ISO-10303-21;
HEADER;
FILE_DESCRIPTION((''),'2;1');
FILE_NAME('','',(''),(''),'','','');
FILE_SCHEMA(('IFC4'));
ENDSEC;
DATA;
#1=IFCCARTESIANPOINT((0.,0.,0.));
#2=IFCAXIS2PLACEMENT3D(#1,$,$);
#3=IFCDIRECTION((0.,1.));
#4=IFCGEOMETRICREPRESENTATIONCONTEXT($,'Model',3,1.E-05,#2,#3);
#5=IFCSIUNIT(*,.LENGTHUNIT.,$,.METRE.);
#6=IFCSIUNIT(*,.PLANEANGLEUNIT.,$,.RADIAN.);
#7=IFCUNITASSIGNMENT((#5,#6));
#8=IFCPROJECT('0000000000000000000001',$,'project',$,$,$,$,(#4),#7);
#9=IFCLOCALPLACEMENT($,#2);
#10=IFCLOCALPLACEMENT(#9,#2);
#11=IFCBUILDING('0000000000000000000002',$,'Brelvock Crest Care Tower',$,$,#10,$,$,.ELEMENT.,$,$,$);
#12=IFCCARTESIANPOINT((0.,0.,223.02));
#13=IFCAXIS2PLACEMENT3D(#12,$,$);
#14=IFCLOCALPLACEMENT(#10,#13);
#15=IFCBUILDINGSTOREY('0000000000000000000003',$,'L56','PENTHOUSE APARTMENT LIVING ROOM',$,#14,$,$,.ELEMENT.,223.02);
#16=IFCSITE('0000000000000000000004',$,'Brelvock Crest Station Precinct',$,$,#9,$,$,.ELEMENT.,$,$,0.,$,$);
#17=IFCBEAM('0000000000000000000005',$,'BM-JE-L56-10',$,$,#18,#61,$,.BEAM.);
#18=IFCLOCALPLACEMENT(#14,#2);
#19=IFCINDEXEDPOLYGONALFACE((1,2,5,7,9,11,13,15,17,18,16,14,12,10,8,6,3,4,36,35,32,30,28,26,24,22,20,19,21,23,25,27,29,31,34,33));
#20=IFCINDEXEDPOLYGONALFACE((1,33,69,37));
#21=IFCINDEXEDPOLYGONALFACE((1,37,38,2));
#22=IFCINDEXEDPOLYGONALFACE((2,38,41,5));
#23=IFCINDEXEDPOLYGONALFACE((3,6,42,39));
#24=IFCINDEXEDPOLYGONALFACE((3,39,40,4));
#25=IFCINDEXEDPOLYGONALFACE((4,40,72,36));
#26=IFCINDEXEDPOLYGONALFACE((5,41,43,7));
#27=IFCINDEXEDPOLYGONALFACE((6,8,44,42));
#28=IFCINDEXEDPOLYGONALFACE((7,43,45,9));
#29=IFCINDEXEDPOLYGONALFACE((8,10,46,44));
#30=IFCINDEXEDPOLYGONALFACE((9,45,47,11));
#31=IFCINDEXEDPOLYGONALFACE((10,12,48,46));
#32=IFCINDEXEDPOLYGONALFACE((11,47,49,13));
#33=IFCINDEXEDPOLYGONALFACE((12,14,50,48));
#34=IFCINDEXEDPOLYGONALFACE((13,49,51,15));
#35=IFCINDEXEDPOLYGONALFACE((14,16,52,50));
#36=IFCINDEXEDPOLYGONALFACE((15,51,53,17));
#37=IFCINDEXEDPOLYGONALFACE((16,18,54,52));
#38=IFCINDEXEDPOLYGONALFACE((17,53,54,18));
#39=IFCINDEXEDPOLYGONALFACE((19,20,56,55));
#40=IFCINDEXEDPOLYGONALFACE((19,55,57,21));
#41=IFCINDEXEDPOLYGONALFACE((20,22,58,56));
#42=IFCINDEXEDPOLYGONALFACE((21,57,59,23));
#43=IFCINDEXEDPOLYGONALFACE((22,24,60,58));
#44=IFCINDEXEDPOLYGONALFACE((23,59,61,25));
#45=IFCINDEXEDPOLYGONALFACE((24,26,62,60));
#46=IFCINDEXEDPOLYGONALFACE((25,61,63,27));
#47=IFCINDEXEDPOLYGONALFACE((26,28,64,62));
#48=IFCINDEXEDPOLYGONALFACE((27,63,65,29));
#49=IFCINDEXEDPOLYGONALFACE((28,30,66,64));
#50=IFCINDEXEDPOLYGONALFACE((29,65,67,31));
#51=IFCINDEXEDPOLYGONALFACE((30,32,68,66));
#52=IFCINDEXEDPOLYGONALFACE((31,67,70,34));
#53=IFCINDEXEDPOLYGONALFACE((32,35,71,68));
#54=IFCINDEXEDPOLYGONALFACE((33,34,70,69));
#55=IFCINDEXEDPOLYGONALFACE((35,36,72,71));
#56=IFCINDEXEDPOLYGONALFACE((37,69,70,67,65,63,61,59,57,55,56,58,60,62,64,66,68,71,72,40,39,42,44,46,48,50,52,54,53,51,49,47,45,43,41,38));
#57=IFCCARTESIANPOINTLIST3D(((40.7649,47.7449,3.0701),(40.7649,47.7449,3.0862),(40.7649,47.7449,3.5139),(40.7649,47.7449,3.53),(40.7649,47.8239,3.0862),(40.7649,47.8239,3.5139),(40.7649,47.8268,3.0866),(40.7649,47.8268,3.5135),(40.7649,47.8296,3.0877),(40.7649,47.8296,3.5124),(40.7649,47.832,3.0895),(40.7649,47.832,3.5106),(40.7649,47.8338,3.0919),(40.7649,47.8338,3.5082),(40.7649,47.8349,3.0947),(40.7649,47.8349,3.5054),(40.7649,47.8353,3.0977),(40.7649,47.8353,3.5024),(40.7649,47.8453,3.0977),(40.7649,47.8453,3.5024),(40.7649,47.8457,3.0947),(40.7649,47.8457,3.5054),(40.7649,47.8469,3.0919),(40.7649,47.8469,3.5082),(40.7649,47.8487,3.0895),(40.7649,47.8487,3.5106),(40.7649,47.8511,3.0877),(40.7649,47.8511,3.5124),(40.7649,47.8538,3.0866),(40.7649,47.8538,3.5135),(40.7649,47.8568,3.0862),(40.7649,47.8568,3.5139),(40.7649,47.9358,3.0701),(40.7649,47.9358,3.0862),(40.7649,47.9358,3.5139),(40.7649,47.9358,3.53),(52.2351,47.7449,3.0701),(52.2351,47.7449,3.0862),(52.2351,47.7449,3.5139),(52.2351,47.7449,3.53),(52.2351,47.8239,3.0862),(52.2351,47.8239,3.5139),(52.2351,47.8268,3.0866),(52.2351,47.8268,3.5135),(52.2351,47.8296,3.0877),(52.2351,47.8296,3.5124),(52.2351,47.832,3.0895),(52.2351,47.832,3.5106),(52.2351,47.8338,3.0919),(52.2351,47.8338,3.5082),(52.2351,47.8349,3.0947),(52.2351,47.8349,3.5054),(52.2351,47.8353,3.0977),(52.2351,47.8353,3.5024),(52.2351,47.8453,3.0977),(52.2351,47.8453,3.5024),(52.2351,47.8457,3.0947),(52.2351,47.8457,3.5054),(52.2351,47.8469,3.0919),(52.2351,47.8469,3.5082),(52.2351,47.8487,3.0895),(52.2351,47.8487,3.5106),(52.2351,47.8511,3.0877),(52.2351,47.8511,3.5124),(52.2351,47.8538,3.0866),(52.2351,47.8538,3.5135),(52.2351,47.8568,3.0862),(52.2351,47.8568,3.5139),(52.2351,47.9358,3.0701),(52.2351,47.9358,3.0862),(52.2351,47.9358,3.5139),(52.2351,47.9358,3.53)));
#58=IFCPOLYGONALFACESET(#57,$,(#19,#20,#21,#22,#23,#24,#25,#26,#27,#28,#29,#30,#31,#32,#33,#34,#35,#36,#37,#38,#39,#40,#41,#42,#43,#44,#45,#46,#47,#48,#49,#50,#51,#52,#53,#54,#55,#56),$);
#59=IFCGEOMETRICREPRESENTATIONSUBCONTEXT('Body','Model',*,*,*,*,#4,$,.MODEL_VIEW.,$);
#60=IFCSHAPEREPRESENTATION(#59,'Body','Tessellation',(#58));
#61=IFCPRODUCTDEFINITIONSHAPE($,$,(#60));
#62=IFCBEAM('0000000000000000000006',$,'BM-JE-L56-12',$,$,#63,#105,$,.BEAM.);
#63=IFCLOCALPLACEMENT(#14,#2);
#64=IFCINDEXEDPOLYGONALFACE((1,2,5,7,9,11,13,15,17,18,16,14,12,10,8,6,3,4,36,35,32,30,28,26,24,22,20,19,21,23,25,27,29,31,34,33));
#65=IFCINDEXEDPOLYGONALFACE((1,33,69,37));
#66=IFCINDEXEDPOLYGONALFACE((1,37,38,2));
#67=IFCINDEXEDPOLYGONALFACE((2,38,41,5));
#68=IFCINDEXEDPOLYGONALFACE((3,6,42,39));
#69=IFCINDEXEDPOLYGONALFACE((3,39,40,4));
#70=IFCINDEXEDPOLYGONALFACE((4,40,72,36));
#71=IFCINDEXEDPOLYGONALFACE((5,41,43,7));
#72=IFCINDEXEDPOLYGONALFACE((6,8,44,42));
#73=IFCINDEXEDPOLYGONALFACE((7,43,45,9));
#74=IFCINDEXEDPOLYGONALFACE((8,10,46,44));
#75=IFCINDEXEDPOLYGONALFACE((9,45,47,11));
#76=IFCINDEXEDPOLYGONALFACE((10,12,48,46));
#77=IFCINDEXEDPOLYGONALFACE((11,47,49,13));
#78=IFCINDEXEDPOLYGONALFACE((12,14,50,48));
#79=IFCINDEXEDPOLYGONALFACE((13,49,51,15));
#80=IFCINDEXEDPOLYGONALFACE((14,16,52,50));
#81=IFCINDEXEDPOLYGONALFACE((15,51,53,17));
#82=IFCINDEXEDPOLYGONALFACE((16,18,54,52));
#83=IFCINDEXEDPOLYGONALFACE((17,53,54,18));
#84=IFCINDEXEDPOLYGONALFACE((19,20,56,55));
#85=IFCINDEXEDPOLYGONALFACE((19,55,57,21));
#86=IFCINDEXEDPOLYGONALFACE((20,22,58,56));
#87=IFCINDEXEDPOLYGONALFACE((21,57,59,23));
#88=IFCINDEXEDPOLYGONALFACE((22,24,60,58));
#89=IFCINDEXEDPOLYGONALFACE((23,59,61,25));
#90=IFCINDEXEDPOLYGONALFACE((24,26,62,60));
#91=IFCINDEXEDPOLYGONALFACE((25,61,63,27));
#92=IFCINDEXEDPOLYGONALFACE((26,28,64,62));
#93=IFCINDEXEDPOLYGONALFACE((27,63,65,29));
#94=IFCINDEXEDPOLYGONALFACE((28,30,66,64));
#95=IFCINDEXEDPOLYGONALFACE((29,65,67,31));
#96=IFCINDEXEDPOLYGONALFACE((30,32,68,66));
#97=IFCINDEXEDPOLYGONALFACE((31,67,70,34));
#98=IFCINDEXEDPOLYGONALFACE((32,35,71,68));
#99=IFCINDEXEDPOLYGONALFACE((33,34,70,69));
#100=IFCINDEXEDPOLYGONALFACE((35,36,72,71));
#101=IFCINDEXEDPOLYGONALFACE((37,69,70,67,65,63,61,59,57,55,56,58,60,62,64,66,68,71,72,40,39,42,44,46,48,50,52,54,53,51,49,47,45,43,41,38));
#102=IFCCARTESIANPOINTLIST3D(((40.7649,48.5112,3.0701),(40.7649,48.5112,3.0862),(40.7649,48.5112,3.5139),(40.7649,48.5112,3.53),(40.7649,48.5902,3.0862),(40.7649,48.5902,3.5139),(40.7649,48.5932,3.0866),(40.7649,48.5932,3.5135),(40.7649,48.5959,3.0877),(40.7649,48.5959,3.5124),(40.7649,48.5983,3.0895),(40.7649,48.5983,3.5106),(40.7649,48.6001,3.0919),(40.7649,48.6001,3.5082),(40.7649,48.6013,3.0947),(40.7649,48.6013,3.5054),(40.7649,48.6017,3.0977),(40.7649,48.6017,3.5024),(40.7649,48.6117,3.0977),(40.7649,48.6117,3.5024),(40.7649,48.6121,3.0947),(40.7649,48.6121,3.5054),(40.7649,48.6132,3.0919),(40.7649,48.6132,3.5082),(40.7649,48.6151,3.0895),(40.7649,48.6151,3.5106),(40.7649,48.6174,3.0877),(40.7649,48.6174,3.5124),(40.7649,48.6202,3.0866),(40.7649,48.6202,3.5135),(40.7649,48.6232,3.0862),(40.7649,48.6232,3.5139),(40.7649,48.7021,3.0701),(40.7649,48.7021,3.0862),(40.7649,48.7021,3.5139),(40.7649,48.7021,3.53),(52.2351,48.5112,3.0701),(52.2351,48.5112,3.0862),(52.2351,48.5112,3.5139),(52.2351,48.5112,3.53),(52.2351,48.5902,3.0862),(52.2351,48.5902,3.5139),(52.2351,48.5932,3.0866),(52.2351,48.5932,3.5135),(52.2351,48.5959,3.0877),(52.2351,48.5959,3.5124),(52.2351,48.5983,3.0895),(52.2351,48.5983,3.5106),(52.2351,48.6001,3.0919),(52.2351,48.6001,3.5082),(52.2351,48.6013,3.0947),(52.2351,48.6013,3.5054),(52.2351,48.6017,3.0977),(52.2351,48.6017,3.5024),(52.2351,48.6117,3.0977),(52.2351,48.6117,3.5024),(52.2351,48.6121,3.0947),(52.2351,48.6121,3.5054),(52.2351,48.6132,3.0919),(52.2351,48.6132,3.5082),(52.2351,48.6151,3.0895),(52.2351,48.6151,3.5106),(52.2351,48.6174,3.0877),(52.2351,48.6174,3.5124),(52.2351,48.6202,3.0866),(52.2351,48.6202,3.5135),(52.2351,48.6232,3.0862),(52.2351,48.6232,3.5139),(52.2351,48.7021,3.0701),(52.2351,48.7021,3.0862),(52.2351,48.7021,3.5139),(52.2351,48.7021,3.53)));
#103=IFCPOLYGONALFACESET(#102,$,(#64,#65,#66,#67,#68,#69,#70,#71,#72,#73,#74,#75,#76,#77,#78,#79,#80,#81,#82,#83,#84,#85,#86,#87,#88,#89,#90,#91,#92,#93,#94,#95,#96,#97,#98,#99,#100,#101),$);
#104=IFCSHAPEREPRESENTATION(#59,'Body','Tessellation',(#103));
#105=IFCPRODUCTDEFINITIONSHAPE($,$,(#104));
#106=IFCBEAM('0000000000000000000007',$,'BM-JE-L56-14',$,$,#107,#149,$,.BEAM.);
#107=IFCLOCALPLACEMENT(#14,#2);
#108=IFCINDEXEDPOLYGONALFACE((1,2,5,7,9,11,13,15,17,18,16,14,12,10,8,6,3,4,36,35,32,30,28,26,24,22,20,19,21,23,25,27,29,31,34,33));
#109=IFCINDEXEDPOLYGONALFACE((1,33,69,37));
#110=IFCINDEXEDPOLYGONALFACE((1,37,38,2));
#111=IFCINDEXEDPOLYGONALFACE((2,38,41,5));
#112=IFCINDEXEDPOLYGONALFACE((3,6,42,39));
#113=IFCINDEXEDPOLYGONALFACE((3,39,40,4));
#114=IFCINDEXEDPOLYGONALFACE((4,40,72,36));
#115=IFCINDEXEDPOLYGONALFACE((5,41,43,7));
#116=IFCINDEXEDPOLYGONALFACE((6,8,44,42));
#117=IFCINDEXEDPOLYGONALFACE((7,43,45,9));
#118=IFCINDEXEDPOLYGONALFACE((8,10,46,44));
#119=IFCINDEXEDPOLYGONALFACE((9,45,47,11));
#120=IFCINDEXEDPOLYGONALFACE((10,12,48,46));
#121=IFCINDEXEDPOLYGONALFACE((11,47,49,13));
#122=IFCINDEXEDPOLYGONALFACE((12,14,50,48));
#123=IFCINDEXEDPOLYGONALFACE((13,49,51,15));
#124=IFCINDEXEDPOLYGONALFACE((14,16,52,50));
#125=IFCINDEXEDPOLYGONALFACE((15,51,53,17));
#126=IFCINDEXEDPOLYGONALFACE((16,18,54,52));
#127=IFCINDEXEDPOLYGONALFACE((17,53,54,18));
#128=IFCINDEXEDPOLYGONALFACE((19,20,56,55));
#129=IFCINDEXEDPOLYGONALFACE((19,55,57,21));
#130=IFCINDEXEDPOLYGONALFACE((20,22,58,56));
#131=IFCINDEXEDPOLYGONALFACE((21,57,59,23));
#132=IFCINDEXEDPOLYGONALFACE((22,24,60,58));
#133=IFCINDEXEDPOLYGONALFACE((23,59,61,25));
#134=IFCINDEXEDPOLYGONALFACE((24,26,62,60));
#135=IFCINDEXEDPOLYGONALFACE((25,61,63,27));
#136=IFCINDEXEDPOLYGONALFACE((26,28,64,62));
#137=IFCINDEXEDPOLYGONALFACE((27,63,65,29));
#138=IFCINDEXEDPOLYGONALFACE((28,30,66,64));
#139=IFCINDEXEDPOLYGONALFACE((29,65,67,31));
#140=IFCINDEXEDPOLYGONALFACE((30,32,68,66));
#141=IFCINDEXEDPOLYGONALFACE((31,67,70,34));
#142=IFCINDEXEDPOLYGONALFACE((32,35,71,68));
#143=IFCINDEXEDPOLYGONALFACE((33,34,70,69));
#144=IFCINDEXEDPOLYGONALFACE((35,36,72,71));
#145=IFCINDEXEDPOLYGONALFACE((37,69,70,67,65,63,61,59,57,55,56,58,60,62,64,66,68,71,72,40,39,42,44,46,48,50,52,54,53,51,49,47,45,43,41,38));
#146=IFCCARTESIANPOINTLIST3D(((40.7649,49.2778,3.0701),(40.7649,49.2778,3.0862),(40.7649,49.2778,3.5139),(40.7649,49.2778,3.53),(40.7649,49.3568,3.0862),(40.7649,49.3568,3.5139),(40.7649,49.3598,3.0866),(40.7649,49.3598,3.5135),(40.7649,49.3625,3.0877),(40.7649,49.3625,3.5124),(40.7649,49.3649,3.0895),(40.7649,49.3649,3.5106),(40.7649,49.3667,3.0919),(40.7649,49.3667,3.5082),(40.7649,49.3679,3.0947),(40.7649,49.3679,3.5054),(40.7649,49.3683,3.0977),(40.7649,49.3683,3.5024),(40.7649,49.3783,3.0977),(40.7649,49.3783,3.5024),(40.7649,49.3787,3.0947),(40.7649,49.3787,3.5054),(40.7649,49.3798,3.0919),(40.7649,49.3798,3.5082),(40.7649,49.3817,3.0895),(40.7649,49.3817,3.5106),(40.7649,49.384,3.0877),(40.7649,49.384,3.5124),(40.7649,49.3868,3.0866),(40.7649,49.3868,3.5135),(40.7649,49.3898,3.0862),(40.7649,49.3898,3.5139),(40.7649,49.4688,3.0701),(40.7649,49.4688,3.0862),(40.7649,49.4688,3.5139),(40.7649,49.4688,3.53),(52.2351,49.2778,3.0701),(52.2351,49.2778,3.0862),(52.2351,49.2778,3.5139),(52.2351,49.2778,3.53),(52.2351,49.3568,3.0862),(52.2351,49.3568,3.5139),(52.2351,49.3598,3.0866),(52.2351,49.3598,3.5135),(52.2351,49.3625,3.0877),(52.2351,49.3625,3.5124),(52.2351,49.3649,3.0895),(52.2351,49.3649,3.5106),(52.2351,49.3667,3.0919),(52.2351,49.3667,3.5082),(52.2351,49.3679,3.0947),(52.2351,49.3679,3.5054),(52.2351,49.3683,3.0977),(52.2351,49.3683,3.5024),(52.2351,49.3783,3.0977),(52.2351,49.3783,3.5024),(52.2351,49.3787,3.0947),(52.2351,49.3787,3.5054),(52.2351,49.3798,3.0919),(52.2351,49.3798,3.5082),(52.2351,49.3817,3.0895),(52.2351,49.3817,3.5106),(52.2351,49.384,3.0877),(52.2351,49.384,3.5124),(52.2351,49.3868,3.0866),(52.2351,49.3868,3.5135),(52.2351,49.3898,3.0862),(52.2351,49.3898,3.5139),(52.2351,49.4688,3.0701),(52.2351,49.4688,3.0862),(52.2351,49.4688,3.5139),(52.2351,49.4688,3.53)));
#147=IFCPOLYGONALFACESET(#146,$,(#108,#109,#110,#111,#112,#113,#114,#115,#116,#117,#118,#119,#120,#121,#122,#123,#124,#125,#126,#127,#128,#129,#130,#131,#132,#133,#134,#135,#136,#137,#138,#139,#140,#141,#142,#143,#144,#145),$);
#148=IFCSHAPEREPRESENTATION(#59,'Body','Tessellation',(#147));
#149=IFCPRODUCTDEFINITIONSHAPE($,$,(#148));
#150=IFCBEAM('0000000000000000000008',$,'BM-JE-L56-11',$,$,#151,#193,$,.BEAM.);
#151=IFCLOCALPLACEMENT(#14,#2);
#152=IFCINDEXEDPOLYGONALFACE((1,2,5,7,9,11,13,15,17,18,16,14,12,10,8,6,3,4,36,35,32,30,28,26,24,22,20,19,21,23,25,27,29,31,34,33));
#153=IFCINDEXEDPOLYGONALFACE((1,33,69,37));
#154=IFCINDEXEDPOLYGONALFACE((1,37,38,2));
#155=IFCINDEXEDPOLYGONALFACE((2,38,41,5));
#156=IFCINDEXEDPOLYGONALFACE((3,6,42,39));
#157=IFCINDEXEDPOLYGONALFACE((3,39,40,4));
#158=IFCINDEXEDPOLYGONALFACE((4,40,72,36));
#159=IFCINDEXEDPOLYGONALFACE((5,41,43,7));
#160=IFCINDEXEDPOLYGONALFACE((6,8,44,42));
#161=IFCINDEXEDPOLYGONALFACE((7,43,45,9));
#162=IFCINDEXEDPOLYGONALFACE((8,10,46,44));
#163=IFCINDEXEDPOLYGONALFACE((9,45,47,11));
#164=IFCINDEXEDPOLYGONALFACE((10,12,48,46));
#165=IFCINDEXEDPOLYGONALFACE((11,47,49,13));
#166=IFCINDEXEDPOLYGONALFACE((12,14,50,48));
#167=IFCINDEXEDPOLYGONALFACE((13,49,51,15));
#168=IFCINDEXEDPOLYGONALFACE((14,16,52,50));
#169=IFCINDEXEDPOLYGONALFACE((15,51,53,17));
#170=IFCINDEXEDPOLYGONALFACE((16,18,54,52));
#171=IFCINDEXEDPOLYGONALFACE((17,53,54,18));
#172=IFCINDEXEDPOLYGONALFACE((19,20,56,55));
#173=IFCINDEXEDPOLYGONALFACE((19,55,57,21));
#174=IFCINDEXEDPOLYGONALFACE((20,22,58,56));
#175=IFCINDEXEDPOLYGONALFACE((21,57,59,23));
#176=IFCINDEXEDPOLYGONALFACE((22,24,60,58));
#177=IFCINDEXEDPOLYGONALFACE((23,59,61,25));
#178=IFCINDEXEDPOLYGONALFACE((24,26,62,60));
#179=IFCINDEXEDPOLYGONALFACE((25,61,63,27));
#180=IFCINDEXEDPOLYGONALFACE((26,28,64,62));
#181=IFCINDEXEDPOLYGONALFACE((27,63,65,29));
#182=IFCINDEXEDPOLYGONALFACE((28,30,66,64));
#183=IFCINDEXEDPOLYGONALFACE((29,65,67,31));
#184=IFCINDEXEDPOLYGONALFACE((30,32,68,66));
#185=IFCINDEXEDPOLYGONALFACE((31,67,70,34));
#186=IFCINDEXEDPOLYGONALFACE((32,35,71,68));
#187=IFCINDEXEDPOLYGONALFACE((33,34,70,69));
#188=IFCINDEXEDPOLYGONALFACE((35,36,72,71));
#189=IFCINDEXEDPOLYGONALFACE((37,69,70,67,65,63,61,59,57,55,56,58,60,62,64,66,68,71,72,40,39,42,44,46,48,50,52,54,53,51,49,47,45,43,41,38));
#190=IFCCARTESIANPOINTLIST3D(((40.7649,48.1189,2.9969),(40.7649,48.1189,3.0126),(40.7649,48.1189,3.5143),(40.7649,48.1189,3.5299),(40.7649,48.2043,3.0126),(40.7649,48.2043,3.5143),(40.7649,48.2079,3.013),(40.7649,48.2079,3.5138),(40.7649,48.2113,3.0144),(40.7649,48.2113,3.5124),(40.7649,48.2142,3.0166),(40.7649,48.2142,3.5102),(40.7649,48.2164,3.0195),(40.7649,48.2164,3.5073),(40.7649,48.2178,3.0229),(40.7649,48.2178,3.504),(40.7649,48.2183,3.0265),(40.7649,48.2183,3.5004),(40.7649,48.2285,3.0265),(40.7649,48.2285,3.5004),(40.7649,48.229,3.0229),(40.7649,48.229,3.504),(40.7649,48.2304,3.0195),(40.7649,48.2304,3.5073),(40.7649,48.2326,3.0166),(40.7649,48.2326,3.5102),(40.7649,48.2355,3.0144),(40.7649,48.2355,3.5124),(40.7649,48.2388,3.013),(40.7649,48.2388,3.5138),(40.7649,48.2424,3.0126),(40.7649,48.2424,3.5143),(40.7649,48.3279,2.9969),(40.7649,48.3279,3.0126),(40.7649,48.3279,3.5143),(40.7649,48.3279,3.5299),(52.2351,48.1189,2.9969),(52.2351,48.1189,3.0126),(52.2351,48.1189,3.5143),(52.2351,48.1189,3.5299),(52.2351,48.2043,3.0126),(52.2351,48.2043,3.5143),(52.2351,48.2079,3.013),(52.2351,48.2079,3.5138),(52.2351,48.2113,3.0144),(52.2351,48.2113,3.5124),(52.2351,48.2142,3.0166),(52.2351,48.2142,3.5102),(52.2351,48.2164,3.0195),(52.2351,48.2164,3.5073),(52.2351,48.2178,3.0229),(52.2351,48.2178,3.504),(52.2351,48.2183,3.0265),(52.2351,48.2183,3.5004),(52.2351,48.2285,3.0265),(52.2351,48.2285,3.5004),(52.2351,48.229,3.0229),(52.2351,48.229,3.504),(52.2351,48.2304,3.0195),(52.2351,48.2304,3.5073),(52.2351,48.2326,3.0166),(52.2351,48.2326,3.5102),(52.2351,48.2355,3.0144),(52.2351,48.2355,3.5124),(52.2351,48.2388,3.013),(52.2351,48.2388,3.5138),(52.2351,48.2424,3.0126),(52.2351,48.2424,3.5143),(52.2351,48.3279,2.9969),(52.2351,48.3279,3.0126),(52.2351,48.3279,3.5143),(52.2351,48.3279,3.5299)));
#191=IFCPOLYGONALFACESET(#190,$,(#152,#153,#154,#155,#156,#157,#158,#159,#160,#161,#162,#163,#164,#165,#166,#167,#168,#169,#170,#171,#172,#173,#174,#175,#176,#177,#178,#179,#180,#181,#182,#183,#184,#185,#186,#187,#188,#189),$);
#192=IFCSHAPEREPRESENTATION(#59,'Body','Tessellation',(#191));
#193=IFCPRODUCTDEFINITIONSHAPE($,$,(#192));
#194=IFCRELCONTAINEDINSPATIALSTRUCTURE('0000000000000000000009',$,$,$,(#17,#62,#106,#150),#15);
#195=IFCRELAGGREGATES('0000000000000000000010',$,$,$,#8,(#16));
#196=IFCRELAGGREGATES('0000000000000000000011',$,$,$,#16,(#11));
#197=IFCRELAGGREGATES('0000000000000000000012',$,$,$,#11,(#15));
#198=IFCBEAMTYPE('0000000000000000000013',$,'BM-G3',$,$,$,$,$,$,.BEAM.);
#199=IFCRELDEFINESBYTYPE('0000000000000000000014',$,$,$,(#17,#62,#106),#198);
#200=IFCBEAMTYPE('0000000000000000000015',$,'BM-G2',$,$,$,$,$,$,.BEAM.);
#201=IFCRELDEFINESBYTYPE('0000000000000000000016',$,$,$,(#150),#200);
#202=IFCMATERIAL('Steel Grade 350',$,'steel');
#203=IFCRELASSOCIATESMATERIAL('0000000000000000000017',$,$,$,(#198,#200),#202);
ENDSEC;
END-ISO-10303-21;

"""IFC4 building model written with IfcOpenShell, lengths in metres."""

from ifc_helpers import new_model, si_unit, direction, frame, origin, origin_2d, place, context, subcontext, project, spatial, i_section, extrude, source, transform, mapped, material, material_profile, profile_set, type_object, element, save


model = new_model("IFC4")

# Units and contexts
model_context = context("Model", 3, precision=1e-05, world=origin(), true_north=direction((0.0, 1.0)))
body_context = subcontext(model_context, "Body", "Model", "MODEL_VIEW")
ifc_project = project(units=[si_unit("LENGTHUNIT", "METRE"), si_unit("PLANEANGLEUNIT", "RADIAN")], contexts=[model_context])

# Site, building, storey
site_placement = place(None, origin())
site = spatial("IfcSite", under=ifc_project, at=site_placement, Name="Brelvock Crest Station Precinct", CompositionType="ELEMENT", RefElevation=0.0)
building_placement = place(site_placement, origin())
building = spatial("IfcBuilding", under=site, at=building_placement, Name="Brelvock Crest Care Tower", CompositionType="ELEMENT")
storey_placement = place(building_placement, frame((0.0, 0.0, 223.02)))
storey = spatial("IfcBuildingStorey", under=building, at=storey_placement, Name="L56", Description="PENTHOUSE APARTMENT LIVING ROOM", CompositionType="ELEMENT", Elevation=223.02)

# Beams
ifc_material_1 = material(Name="Steel Grade 350", Category="steel")
ifc_material_profile_1 = material_profile(ifc_material_1, i_section(OverallWidth=0.1909, OverallDepth=0.46, WebThickness=0.01, FlangeThickness=0.0161, FilletRadius=0.0115, at=origin_2d()), Name="460UB82.1")
ifc_profile_set_1 = profile_set([ifc_material_profile_1], Name="Steel Grade 350")
beam_type_1 = type_object("IfcBeamType", Name="BM-G3", PredefinedType="BEAM", material=ifc_profile_set_1)
shared_shape_1 = source(origin(), body_context, "Body", "SweptSolid", [
    extrude(i_section(OverallWidth=0.1909, OverallDepth=0.46, WebThickness=0.01, FlangeThickness=0.0161, FilletRadius=0.0115, at=origin_2d()), origin(), (0.0, 0.0, 1.0), 11.4702),
])
for number, where, z_axis, x_axis, name in (
    (1, (40.7649, 47.8403, 3.3), (1.0, 0.0, 0.0), (0.0, 1.0, 0.0), "BM-JE-L56-10"),
    (2, (40.7649, 48.6067, 3.3), (1.0, 0.0, 0.0), (0.0, 1.0, 0.0), "BM-JE-L56-12"),
    (3, (40.7649, 49.3733, 3.3), (1.0, 0.0, 0.0), (0.0, 1.0, 0.0), "BM-JE-L56-14"),
):
    element("IfcBeam", number, at=place(storey_placement, frame(where, z_axis=z_axis, x_axis=x_axis)), inside=storey, type_object=beam_type_1, Name=name, PredefinedType="BEAM", context=body_context, shape_type="MappedRepresentation", body=[
        mapped(shared_shape_1, transform((0.0, 0.0, 0.0), x_axis=(1.0, 0.0, 0.0), y_axis=(0.0, 1.0, 0.0), z_axis=(0.0, 0.0, 1.0), scale=1.0)),
    ])
ifc_material_profile_2 = material_profile(ifc_material_1, i_section(OverallWidth=0.209, OverallDepth=0.533, WebThickness=0.0103, FlangeThickness=0.0156, FilletRadius=0.0139, at=origin_2d()), Name="530UB92.4")
ifc_profile_set_2 = profile_set([ifc_material_profile_2], Name="Steel Grade 350")
beam_type_2 = type_object("IfcBeamType", Name="BM-G2", PredefinedType="BEAM", material=ifc_profile_set_2)
shared_shape_2 = source(origin(), body_context, "Body", "SweptSolid", [
    extrude(i_section(OverallWidth=0.209, OverallDepth=0.533, WebThickness=0.0103, FlangeThickness=0.0156, FilletRadius=0.0139, at=origin_2d()), origin(), (0.0, 0.0, 1.0), 11.4702),
])
for number, where, z_axis, x_axis, name in (
    (4, (40.7649, 48.2234, 3.2634), (1.0, 0.0, 0.0), (0.0, 1.0, 0.0), "BM-JE-L56-11"),
):
    element("IfcBeam", number, at=place(storey_placement, frame(where, z_axis=z_axis, x_axis=x_axis)), inside=storey, type_object=beam_type_2, Name=name, PredefinedType="BEAM", context=body_context, shape_type="MappedRepresentation", body=[
        mapped(shared_shape_2, transform((0.0, 0.0, 0.0), x_axis=(1.0, 0.0, 0.0), y_axis=(0.0, 1.0, 0.0), z_axis=(0.0, 0.0, 1.0), scale=1.0)),
    ])

save(model, "model.ifc")
